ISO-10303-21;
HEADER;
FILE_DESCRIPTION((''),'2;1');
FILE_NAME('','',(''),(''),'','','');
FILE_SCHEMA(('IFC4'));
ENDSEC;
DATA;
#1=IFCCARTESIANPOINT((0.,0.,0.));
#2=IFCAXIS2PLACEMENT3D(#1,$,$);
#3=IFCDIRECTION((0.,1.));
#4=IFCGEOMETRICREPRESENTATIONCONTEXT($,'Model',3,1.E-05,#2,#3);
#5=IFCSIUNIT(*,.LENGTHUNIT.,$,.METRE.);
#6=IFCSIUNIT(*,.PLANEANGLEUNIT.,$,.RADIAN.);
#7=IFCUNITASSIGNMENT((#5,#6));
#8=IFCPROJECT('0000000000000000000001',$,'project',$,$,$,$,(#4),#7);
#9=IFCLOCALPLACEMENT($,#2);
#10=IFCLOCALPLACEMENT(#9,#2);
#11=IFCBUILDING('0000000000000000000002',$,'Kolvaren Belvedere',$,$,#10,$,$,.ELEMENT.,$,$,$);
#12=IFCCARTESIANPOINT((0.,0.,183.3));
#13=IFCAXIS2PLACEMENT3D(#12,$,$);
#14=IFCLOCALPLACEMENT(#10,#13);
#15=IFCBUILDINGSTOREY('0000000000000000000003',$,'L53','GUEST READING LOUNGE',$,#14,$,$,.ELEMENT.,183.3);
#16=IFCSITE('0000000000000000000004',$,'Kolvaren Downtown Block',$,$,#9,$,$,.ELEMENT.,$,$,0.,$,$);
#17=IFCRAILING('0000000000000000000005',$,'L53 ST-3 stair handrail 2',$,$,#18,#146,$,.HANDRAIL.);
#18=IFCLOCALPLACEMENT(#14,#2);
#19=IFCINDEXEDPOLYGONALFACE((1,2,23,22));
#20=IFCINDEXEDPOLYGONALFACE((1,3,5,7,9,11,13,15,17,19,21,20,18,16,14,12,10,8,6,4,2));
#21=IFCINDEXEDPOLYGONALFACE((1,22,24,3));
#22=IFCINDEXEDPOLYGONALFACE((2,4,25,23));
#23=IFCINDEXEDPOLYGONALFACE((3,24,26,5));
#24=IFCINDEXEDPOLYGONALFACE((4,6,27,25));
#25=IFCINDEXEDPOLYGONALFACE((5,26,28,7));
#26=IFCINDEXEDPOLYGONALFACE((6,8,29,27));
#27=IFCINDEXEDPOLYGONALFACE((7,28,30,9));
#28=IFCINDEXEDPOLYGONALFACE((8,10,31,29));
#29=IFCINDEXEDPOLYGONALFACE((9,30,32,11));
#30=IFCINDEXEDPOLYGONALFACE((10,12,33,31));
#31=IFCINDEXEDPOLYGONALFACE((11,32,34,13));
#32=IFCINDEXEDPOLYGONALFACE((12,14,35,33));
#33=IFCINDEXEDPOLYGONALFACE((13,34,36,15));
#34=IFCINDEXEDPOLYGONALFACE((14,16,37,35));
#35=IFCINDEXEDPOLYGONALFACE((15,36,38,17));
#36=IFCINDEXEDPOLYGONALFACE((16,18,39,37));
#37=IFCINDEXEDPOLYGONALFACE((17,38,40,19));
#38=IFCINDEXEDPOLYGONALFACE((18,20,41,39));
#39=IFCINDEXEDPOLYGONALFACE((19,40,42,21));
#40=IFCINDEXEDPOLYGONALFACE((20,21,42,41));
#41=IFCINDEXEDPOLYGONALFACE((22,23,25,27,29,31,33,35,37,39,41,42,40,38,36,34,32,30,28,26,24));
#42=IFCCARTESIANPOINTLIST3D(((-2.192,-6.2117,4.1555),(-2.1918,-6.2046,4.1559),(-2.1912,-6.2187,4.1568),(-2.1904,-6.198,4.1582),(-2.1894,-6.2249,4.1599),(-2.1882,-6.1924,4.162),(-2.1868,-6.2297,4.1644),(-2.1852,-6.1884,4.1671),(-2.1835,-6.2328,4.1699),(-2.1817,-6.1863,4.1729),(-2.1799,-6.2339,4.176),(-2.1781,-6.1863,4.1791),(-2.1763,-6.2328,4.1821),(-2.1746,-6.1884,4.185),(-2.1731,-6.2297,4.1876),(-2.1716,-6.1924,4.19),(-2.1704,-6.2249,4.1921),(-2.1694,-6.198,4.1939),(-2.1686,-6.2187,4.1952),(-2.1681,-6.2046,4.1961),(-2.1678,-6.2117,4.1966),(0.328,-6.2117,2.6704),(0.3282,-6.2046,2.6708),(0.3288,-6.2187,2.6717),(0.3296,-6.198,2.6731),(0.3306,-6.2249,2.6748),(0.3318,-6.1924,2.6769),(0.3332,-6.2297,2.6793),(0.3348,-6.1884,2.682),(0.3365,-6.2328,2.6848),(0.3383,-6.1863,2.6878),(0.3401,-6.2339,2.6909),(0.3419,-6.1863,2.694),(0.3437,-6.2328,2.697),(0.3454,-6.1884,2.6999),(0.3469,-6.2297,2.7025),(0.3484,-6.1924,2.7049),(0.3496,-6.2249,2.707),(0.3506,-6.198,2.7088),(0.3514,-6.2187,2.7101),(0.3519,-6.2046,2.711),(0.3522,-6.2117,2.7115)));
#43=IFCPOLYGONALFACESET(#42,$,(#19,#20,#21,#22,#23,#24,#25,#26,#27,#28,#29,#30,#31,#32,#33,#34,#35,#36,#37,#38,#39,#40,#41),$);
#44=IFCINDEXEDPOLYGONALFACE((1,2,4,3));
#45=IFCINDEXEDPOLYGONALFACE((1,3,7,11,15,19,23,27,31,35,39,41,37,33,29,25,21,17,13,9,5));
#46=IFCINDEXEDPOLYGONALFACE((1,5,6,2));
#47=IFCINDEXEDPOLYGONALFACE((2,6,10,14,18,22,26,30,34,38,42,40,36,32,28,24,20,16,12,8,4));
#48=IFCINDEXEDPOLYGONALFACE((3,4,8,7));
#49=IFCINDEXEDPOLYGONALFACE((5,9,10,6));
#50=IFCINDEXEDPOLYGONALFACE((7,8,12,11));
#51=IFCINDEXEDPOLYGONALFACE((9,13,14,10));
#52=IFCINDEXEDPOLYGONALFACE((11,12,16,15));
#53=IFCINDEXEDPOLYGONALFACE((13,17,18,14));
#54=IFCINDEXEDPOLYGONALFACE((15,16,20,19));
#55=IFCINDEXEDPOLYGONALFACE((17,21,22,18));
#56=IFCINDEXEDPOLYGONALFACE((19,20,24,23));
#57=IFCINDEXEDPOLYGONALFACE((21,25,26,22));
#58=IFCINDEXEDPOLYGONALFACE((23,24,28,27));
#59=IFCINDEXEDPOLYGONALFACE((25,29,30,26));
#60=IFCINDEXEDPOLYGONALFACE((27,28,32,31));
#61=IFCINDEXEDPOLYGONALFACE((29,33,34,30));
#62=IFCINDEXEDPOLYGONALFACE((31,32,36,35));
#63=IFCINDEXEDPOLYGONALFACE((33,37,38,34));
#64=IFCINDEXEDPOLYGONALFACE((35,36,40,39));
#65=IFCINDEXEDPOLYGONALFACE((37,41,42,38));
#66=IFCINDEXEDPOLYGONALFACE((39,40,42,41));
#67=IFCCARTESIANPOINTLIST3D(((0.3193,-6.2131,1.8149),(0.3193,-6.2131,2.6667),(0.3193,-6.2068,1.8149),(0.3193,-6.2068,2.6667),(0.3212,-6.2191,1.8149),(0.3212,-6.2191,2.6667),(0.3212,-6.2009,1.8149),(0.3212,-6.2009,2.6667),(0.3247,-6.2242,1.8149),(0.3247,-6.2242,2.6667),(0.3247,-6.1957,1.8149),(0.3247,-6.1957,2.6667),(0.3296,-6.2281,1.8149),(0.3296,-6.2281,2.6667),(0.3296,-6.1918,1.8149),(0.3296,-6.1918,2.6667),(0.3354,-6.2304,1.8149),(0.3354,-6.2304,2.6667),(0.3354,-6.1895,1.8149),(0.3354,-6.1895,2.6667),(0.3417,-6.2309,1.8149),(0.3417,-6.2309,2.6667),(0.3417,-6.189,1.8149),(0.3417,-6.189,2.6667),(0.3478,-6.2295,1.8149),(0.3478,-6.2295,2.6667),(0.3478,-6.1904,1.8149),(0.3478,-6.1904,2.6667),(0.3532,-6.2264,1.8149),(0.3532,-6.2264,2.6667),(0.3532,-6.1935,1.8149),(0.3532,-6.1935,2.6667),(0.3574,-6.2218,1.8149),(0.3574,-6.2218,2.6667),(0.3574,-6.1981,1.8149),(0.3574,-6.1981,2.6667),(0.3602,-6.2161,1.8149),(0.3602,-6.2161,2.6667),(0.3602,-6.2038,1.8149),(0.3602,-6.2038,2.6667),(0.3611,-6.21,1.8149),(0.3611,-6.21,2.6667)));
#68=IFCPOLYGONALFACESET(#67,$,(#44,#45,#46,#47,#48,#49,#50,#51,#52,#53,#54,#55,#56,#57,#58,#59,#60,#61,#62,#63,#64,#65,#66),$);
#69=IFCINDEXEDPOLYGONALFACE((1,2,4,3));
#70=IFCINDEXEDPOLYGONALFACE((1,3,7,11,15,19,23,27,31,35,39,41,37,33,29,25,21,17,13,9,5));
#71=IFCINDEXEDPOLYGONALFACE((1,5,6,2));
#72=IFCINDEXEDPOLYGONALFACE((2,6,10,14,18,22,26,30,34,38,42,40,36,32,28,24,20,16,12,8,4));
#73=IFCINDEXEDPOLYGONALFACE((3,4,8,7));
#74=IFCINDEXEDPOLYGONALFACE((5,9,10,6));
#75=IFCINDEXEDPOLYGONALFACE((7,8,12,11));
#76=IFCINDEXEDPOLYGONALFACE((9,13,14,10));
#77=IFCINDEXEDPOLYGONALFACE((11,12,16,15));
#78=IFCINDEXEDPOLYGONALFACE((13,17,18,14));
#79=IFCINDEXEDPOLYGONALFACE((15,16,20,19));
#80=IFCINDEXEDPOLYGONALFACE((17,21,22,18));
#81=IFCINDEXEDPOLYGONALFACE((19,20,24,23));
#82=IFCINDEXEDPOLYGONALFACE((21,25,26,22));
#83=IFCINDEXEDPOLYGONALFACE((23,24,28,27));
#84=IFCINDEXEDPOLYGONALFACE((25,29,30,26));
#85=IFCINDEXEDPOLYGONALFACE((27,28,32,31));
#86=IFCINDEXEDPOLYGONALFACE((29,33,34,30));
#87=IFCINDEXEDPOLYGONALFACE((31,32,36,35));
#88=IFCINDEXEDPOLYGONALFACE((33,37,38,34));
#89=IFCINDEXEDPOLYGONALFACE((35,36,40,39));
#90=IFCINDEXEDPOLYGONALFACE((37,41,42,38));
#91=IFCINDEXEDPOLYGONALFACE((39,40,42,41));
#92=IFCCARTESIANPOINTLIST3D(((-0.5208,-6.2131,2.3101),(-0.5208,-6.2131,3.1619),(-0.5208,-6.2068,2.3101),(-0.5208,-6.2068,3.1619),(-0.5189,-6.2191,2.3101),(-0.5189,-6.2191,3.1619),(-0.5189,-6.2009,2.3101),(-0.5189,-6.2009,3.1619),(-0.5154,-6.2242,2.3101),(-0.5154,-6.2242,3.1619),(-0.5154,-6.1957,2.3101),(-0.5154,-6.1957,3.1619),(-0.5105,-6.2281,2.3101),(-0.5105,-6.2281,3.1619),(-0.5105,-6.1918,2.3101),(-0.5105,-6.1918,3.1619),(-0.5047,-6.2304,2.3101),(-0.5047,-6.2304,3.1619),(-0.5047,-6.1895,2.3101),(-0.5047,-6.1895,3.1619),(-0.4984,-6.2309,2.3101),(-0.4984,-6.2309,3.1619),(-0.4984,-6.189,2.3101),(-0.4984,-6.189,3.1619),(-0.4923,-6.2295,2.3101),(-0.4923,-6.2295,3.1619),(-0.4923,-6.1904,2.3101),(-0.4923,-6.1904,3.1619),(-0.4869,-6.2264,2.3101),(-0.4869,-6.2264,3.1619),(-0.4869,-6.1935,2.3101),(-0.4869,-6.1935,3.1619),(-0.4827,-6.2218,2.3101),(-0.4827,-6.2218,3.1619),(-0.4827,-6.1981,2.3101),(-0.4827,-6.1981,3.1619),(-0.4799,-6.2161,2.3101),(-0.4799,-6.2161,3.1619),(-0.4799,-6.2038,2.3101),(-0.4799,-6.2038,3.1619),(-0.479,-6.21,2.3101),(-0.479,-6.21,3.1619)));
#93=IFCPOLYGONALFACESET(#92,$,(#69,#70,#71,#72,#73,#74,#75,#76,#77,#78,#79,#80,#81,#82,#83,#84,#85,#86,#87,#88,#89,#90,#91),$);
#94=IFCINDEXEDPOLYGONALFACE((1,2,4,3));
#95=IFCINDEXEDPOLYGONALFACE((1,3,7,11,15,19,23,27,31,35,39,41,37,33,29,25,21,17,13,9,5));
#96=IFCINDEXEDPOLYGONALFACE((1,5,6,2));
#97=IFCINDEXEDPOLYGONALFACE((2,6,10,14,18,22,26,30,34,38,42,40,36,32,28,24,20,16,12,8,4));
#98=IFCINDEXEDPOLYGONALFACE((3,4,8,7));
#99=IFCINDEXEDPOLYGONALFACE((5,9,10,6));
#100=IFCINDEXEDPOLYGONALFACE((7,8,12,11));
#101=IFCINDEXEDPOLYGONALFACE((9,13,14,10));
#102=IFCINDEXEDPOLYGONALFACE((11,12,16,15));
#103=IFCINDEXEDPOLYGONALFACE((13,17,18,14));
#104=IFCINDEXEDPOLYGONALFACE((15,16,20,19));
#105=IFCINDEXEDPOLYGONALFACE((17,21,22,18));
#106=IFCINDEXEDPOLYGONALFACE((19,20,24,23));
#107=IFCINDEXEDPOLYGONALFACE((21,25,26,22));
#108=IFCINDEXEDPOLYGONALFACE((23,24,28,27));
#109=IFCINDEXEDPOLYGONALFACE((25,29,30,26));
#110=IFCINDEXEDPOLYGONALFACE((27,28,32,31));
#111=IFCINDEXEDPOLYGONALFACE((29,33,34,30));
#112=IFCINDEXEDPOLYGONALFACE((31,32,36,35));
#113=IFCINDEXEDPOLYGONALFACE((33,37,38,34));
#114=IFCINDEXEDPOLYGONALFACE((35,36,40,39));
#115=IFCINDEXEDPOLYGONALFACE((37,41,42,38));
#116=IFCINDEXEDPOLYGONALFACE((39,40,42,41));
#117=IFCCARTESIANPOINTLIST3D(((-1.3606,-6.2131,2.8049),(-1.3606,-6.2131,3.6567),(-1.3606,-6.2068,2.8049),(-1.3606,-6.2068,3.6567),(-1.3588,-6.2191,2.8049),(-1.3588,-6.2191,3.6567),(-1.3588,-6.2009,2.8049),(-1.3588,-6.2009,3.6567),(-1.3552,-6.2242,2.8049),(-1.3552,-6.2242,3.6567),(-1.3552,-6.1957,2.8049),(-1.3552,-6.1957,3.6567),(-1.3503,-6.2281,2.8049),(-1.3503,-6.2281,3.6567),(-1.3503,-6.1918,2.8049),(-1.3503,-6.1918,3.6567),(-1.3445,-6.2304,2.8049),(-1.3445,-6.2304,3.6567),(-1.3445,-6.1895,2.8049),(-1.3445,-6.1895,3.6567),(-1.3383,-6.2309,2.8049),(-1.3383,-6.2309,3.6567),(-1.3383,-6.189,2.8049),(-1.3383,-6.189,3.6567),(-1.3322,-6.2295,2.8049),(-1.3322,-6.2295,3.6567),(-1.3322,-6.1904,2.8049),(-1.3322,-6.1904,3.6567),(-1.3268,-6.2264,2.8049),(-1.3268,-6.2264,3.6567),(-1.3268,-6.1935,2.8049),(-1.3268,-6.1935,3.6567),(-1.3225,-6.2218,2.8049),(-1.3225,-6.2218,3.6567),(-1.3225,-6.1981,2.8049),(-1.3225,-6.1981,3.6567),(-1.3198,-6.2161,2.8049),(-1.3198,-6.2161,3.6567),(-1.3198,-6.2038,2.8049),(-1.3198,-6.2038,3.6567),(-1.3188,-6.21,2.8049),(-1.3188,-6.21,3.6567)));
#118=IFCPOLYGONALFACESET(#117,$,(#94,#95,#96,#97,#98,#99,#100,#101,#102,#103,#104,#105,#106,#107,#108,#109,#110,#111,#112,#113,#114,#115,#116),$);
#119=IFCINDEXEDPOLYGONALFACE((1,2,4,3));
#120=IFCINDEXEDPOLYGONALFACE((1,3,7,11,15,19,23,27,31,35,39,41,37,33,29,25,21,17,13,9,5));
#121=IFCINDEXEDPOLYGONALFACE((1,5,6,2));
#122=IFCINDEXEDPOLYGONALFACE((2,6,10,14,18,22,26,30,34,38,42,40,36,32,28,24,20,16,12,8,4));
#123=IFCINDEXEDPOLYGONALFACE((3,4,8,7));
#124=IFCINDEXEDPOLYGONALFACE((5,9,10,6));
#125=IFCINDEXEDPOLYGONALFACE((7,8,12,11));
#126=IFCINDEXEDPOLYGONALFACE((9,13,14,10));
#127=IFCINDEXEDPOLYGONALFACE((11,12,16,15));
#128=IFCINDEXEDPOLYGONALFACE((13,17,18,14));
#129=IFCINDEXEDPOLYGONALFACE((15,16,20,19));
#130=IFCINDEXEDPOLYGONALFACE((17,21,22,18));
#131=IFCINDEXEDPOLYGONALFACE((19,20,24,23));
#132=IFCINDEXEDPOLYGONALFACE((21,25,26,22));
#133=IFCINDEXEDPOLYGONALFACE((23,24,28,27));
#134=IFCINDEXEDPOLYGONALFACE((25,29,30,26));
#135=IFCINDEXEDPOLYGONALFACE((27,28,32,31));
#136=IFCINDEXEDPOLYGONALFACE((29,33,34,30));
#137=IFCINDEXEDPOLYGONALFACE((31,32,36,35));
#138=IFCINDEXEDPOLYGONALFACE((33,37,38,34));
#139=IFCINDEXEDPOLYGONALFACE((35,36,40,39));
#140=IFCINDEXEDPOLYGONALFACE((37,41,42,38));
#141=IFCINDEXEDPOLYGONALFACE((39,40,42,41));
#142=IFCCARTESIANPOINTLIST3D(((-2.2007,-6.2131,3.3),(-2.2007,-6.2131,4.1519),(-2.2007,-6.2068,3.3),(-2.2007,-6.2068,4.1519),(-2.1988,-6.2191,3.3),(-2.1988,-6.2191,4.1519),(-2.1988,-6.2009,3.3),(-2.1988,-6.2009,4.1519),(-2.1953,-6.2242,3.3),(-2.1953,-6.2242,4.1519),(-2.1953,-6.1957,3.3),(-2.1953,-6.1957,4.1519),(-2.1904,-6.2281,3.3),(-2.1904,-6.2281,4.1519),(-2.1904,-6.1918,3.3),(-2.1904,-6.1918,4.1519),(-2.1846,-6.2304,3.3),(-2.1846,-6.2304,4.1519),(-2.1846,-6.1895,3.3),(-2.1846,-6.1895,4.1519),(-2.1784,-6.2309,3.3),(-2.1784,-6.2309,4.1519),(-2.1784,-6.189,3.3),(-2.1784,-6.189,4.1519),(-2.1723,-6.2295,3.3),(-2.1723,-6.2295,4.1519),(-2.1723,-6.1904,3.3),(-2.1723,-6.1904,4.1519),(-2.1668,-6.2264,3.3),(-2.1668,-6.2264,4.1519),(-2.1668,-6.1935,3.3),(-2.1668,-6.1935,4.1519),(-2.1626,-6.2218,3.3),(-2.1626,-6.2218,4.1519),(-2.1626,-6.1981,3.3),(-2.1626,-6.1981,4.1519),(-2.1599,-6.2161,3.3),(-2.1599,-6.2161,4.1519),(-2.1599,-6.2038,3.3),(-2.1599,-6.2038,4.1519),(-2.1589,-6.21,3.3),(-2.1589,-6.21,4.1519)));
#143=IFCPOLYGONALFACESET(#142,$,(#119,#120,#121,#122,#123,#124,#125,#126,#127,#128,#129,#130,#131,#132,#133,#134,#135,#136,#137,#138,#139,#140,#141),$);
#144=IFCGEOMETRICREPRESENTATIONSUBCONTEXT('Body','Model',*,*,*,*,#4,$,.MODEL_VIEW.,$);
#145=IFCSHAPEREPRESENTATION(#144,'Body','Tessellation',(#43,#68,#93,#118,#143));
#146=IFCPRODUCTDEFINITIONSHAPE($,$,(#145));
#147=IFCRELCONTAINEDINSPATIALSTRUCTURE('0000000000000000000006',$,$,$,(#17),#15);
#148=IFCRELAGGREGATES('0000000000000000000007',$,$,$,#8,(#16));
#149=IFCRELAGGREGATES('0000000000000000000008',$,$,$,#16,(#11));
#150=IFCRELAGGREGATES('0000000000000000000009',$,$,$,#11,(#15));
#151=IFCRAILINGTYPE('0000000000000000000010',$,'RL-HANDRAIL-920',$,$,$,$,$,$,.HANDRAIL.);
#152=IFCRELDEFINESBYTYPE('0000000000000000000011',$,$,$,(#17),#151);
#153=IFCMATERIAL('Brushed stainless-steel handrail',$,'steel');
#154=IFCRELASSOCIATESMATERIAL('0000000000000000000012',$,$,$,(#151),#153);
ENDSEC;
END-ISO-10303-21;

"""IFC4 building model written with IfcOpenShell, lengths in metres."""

from ifc_helpers import new_model, si_unit, direction, frame, origin, origin_2d, place, context, subcontext, project, spatial, circle, extrude, material, type_object, element, save


model = new_model("IFC4")

# Units and contexts
model_context = context("Model", 3, precision=1e-05, world=origin(), true_north=direction((0.0, 1.0)))
body_context = subcontext(model_context, "Body", "Model", "MODEL_VIEW")
ifc_project = project(units=[si_unit("LENGTHUNIT", "METRE"), si_unit("PLANEANGLEUNIT", "RADIAN")], contexts=[model_context])

# Site, building, storey
site_placement = place(None, origin())
site = spatial("IfcSite", under=ifc_project, at=site_placement, Name="Kolvaren Downtown Block", CompositionType="ELEMENT", RefElevation=0.0)
building_placement = place(site_placement, origin())
building = spatial("IfcBuilding", under=site, at=building_placement, Name="Kolvaren Belvedere", CompositionType="ELEMENT")
storey_placement = place(building_placement, frame((0.0, 0.0, 183.3)))
storey = spatial("IfcBuildingStorey", under=building, at=storey_placement, Name="L53", Description="GUEST READING LOUNGE", CompositionType="ELEMENT", Elevation=183.3)

# Railing
ifc_material_1 = material(Name="Brushed stainless-steel handrail", Category="steel")
railing_type_1 = type_object("IfcRailingType", Name="RL-HANDRAIL-920", PredefinedType="HANDRAIL", material=ifc_material_1)
railing_1_placement = place(storey_placement, frame((0.3401, -6.21, 1.8149)))
element("IfcRailing", 1, at=railing_1_placement, inside=storey, type_object=railing_type_1, Name="L53 ST-3 stair handrail 2", PredefinedType="HANDRAIL", context=body_context, shape_type="SweptSolid", body=[
    extrude(circle(Radius=0.0239, at=origin_2d()), frame((0.0, 0.0, 0.876), z_axis=(-0.861524, 0.0, 0.507717), x_axis=(0.0, -1.0, 0.0)), (0.0, 0.0, 1.0), 2.925),
    extrude(circle(Radius=0.021, at=origin_2d()), origin(), (0.0, 0.0, 1.0), 0.8518),
    extrude(circle(Radius=0.021, at=origin_2d()), frame((-0.8401, 0.0, 0.4951)), (0.0, 0.0, 1.0), 0.8518),
    extrude(circle(Radius=0.021, at=origin_2d()), frame((-1.6799, 0.0, 0.99)), (0.0, 0.0, 1.0), 0.8518),
    extrude(circle(Radius=0.021, at=origin_2d()), frame((-2.52, 0.0, 1.4851)), (0.0, 0.0, 1.0), 0.8518),
])

save(model, "model.ifc")
